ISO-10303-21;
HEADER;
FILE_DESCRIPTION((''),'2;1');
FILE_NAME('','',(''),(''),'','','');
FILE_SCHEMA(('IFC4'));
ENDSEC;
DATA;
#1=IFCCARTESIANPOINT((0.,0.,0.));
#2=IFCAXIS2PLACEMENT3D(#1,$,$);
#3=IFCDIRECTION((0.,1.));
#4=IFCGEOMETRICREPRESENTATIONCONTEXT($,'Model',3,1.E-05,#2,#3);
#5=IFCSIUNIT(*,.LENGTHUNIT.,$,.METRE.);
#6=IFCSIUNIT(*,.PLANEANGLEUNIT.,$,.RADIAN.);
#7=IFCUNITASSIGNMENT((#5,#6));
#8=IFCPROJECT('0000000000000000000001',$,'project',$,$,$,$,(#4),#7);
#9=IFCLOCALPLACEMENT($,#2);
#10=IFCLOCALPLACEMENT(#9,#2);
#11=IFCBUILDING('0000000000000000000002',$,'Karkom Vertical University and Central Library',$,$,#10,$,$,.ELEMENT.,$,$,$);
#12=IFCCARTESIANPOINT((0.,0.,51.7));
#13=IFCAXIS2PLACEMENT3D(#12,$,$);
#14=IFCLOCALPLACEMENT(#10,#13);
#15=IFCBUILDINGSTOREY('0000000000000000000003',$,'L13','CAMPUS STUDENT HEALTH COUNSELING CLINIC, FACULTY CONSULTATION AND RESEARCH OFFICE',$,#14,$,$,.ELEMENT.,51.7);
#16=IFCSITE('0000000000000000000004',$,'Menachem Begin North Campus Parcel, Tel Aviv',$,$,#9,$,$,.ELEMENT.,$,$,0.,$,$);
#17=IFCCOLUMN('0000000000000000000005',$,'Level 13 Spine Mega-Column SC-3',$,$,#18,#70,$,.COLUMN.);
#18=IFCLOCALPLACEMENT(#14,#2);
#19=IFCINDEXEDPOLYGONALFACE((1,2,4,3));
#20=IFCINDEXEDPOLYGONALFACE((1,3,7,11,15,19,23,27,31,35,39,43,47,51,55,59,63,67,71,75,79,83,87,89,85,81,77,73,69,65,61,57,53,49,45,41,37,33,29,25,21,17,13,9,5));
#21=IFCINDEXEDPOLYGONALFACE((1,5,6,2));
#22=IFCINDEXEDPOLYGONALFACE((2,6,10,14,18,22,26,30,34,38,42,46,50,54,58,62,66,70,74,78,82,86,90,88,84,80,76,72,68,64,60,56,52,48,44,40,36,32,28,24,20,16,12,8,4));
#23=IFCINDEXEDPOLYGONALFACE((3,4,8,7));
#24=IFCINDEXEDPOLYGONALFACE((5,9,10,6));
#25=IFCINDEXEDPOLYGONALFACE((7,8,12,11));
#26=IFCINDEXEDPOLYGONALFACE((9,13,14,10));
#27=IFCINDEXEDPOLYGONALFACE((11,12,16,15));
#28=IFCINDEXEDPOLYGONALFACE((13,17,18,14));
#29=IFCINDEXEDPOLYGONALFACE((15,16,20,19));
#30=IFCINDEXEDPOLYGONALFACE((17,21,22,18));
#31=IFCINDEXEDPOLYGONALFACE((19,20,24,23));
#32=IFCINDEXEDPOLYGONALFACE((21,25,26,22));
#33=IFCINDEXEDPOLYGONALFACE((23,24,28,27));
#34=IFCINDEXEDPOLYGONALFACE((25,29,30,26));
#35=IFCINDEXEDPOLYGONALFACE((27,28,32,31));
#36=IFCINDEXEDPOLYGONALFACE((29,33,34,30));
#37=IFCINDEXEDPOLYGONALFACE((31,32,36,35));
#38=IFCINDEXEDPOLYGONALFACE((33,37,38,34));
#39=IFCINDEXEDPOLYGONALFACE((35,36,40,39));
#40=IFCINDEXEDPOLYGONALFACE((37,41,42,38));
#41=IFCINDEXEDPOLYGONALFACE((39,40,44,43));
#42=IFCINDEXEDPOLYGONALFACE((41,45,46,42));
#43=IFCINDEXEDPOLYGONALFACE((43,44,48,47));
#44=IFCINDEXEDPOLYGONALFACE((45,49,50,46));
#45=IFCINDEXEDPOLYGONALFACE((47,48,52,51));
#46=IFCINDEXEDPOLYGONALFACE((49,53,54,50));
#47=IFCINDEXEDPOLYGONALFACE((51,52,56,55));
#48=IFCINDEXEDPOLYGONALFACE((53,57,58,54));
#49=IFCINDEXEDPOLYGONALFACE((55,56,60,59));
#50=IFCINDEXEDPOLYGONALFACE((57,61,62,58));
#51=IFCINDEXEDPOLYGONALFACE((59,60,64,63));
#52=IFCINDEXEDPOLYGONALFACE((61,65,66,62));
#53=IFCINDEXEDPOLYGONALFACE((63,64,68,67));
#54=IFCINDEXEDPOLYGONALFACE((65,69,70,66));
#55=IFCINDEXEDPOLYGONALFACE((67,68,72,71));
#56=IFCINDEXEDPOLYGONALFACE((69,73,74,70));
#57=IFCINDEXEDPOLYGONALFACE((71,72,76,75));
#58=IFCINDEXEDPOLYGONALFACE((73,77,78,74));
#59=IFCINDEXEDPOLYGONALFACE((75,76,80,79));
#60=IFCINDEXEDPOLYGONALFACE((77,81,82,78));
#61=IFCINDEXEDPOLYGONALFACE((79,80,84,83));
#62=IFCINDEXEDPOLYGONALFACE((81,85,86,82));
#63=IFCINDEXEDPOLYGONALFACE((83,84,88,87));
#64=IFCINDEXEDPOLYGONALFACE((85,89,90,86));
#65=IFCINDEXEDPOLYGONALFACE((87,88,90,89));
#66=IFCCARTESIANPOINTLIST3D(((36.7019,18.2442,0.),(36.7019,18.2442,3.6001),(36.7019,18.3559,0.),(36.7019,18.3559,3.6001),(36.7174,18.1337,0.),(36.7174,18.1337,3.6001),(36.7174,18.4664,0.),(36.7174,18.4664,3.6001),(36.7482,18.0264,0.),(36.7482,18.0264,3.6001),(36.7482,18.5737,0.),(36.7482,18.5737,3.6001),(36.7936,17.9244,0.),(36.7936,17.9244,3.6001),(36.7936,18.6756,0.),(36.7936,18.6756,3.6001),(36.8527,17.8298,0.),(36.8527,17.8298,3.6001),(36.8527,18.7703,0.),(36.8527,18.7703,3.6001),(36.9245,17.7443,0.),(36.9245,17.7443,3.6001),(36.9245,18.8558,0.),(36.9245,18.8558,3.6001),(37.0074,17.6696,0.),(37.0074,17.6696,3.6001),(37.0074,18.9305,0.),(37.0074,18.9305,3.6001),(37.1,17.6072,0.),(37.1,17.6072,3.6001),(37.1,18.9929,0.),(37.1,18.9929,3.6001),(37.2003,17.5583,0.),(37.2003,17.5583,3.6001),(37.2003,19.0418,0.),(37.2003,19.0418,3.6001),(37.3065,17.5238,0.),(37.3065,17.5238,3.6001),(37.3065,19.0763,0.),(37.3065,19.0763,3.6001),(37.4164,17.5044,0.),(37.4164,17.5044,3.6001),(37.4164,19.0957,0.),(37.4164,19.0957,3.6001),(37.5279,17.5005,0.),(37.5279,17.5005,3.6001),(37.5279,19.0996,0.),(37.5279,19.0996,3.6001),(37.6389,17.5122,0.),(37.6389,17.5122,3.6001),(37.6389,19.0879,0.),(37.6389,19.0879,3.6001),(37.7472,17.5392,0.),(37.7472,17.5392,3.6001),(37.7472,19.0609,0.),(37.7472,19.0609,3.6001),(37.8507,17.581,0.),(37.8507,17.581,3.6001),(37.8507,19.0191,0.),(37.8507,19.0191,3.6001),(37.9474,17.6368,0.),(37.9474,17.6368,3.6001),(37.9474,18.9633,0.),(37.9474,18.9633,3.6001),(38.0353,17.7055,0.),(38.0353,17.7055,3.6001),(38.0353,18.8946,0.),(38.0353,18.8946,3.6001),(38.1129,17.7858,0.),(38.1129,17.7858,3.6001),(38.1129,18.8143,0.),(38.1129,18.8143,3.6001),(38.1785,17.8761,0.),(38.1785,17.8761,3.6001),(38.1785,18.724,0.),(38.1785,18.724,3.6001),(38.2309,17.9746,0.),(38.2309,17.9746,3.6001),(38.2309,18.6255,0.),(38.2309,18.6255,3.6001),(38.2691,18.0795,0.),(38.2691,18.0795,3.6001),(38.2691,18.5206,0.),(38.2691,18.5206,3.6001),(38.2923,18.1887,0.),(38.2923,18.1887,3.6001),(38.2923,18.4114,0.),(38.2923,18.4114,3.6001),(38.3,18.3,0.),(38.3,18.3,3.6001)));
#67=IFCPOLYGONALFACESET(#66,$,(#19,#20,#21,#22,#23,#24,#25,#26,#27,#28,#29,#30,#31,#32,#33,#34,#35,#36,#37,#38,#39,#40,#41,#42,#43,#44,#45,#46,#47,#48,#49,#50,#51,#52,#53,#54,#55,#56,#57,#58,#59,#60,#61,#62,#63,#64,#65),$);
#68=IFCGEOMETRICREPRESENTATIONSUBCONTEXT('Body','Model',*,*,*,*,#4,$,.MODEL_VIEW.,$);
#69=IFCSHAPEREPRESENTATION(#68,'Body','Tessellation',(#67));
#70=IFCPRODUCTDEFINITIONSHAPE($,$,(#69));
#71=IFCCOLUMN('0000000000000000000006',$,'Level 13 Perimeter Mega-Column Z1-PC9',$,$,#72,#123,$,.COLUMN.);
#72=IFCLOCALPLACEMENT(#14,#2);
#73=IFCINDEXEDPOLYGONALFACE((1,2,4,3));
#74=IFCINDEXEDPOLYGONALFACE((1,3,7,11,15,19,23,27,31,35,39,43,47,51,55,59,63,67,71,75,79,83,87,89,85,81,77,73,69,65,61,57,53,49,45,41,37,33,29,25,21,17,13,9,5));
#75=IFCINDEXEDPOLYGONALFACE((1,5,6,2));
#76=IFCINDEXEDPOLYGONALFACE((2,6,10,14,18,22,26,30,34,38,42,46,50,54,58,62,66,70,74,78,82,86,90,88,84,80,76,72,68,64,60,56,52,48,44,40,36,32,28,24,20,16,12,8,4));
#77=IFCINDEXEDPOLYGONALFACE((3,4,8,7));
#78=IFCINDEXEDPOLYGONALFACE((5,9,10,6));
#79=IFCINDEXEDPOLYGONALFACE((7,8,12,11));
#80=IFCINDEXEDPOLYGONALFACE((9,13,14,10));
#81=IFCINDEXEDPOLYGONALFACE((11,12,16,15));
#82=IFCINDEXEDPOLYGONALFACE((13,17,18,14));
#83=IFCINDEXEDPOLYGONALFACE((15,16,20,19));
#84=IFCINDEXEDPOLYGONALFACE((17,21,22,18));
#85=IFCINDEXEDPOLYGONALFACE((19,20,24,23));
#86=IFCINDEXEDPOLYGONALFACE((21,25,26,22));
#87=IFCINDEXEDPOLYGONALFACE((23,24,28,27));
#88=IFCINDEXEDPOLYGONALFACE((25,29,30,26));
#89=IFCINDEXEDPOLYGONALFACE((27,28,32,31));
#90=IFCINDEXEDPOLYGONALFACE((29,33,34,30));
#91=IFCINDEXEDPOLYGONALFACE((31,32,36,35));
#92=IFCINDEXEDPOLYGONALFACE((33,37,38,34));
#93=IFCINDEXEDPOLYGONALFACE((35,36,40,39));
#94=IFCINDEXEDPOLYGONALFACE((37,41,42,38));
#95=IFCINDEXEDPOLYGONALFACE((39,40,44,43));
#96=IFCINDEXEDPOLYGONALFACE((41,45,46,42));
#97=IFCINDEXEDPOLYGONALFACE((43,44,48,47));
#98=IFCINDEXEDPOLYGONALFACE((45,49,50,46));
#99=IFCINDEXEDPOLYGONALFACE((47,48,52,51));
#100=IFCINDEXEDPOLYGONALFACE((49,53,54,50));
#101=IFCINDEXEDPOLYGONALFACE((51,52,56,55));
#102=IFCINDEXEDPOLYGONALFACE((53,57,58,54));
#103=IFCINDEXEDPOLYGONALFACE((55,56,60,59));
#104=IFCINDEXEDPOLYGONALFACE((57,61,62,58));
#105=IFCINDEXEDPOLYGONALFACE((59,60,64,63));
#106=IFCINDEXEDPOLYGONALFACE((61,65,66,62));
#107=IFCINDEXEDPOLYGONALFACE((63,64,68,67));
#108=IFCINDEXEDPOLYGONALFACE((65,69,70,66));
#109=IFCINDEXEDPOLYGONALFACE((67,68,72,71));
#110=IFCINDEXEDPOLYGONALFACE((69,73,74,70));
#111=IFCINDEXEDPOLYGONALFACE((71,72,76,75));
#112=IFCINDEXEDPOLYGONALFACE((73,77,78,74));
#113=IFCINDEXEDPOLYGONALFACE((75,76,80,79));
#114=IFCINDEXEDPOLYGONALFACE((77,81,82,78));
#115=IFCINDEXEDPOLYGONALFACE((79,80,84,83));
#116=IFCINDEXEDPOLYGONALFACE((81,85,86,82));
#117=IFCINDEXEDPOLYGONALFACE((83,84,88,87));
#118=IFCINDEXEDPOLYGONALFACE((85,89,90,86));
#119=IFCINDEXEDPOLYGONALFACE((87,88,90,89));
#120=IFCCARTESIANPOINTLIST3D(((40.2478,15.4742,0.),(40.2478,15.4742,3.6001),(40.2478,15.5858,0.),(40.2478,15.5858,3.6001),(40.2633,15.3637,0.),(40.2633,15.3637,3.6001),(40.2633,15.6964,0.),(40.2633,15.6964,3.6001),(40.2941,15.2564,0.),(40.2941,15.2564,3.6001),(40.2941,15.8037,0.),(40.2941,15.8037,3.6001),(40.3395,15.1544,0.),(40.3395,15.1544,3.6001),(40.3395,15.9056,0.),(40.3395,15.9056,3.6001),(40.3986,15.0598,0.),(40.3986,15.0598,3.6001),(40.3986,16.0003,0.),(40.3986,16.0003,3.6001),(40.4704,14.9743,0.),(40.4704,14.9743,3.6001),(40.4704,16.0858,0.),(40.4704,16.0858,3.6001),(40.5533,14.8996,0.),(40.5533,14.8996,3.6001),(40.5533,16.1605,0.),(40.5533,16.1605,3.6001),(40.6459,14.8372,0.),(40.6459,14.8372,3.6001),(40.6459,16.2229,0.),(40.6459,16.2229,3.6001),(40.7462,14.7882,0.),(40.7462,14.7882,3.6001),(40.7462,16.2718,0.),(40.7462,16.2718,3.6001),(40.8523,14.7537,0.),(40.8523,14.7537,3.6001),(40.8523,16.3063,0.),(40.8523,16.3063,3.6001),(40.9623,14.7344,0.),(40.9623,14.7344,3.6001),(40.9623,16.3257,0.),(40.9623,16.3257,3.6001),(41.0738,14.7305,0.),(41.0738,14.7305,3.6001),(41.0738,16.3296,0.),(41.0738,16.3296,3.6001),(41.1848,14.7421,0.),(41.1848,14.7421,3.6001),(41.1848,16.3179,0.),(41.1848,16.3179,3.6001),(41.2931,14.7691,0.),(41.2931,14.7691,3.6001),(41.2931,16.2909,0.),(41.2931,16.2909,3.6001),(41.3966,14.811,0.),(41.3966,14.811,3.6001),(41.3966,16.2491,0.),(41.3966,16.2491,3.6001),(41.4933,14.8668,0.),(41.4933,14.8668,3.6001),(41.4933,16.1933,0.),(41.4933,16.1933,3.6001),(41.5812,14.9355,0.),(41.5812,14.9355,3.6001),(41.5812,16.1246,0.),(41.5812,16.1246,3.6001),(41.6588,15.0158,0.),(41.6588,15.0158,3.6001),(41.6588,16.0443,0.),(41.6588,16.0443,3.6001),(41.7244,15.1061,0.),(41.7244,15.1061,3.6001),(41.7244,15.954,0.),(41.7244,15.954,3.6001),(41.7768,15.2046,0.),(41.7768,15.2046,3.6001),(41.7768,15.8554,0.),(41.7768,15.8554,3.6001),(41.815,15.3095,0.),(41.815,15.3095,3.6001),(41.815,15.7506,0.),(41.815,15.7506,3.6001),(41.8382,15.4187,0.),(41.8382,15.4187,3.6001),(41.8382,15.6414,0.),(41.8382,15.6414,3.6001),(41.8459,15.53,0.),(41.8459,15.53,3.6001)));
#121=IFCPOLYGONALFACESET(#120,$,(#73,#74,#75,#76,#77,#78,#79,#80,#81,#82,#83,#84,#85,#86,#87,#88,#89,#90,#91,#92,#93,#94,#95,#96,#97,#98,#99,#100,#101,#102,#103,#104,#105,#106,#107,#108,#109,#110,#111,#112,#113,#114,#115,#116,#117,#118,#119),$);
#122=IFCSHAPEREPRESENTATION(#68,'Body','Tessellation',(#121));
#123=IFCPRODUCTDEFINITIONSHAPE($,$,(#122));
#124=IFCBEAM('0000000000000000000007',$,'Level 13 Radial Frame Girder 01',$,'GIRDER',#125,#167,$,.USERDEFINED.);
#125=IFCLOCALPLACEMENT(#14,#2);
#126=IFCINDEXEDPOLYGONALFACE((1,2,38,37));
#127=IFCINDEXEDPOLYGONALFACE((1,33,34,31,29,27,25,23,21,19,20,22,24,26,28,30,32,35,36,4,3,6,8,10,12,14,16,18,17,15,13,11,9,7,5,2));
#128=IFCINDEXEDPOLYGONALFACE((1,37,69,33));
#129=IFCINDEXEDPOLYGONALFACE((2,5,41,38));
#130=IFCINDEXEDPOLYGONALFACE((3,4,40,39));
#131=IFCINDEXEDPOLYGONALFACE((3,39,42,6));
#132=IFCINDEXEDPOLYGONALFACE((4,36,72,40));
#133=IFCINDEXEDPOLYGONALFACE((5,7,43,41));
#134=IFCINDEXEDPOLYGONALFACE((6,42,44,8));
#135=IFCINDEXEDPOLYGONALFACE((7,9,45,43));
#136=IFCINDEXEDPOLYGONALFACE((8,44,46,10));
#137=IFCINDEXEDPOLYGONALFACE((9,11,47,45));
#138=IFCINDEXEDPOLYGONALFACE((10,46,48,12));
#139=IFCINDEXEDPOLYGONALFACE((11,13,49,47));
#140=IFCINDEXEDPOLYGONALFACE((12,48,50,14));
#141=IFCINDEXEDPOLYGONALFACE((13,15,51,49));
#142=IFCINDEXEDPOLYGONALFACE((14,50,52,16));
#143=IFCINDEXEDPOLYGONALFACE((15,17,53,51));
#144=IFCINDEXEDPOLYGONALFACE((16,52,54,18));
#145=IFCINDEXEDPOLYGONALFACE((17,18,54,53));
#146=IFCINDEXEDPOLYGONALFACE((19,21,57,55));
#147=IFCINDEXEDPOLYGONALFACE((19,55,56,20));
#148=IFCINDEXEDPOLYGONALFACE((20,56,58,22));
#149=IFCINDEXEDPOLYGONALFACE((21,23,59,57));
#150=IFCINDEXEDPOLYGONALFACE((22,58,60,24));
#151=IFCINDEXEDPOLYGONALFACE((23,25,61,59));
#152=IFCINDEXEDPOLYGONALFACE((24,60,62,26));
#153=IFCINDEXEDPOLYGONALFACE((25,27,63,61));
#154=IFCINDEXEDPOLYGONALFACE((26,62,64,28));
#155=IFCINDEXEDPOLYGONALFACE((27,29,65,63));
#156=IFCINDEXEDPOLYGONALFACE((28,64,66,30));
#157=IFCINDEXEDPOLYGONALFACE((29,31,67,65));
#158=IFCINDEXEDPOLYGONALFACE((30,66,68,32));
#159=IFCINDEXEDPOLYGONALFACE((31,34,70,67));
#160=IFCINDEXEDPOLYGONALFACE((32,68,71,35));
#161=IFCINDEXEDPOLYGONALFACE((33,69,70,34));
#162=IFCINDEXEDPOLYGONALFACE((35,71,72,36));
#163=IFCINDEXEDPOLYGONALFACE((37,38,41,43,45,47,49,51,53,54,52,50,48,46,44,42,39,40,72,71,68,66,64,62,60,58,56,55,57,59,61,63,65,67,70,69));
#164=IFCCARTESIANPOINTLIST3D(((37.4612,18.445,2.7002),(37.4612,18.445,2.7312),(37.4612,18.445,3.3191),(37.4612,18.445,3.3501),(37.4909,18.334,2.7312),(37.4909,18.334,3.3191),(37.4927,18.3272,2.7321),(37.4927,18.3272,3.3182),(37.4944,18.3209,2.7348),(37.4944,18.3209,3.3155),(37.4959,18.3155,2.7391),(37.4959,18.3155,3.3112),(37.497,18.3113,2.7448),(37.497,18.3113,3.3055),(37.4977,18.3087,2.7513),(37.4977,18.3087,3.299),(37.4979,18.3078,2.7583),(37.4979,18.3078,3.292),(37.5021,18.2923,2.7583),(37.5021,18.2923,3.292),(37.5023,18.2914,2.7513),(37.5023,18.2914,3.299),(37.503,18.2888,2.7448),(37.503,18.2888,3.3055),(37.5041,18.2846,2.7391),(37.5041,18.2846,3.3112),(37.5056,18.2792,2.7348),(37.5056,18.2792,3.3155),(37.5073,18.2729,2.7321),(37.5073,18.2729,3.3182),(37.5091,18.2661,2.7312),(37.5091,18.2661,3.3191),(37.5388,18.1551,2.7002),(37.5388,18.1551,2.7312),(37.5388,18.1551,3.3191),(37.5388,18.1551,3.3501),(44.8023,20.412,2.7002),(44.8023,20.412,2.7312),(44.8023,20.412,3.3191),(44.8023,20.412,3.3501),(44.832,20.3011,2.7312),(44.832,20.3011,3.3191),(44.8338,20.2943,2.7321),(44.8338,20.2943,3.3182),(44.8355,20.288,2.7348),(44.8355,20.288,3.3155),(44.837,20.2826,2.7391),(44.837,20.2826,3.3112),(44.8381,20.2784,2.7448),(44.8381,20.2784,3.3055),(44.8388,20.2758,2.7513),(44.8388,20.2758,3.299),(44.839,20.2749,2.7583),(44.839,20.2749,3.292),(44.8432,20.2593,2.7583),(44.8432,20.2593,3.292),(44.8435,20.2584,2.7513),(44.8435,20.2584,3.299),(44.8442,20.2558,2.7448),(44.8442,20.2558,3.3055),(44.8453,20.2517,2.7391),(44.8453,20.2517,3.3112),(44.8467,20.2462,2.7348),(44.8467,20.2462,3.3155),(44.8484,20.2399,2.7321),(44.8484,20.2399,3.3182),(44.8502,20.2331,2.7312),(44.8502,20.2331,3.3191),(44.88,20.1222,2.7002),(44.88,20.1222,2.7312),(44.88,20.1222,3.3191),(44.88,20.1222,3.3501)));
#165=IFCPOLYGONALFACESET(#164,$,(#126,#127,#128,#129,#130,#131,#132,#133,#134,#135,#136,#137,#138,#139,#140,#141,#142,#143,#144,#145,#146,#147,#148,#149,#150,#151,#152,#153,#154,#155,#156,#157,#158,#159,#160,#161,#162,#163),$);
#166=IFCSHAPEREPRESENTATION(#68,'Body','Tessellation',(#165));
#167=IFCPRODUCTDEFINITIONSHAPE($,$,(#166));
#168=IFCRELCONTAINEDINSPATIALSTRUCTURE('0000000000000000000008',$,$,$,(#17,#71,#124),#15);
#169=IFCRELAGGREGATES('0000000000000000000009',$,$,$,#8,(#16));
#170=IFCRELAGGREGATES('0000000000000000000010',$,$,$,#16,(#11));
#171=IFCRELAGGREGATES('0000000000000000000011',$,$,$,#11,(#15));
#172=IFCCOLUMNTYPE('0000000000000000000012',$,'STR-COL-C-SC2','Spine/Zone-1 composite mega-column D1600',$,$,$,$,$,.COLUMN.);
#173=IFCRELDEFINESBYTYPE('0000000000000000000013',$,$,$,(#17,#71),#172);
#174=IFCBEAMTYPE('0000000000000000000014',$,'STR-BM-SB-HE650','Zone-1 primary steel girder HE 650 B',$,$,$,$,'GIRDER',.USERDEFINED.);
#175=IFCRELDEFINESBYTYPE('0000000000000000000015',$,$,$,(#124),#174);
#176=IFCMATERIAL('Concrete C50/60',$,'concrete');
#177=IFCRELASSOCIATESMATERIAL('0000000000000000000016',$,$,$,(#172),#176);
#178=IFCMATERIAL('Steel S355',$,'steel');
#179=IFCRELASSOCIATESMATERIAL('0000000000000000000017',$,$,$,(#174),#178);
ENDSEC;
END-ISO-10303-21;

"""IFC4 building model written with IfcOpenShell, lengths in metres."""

from ifc_helpers import new_model, si_unit, direction, frame, origin, origin_with_axes, origin_2d, place, context, subcontext, project, spatial, circle, i_section, extrude, source, transform, mapped, material, material_profile, profile_set, type_object, element, save


model = new_model("IFC4")

# Units and contexts
model_context = context("Model", 3, precision=1e-05, world=origin(), true_north=direction((0.0, 1.0)))
body_context = subcontext(model_context, "Body", "Model", "MODEL_VIEW")
ifc_project = project(units=[si_unit("LENGTHUNIT", "METRE"), si_unit("PLANEANGLEUNIT", "RADIAN")], contexts=[model_context])

# Site, building, storey
site_placement = place(None, origin())
site = spatial("IfcSite", under=ifc_project, at=site_placement, Name="Menachem Begin North Campus Parcel, Tel Aviv", CompositionType="ELEMENT", RefElevation=0.0)
building_placement = place(site_placement, origin())
building = spatial("IfcBuilding", under=site, at=building_placement, Name="Karkom Vertical University and Central Library", CompositionType="ELEMENT")
storey_placement = place(building_placement, frame((0.0, 0.0, 51.7)))
storey = spatial("IfcBuildingStorey", under=building, at=storey_placement, Name="L13", Description="CAMPUS STUDENT HEALTH COUNSELING CLINIC, FACULTY CONSULTATION AND RESEARCH OFFICE", CompositionType="ELEMENT", Elevation=51.7)

# Columns
ifc_material_1 = material(Name="Concrete C50/60", Category="concrete")
ifc_material_profile_1 = material_profile(ifc_material_1, circle(Radius=0.8, at=origin_2d()), Name="CFT-D1600")
ifc_profile_set_1 = profile_set([ifc_material_profile_1], Name="Concrete C50/60")
column_type = type_object("IfcColumnType", Name="STR-COL-C-SC2", Description="Spine/Zone-1 composite mega-column D1600", PredefinedType="COLUMN", material=ifc_profile_set_1)
shared_shape_1 = source(origin_with_axes(), body_context, "Body", "SweptSolid", [
    extrude(circle(Radius=0.8, at=origin_2d()), origin(), (0.0, 0.0, 1.0), 3.6001),
])
for number, where, z_axis, x_axis, name in (
    (1, (37.5, 18.3, 0.0), (0.0, 0.0, 1.0), (1.0, 0.0, 0.0), "Level 13 Spine Mega-Column SC-3"),
    (2, (41.0459, 15.53, 0.0), (0.0, 0.0, 1.0), (1.0, 0.0, 0.0), "Level 13 Perimeter Mega-Column Z1-PC9"),
):
    element("IfcColumn", number, at=place(storey_placement, frame(where, z_axis=z_axis, x_axis=x_axis)), inside=storey, type_object=column_type, Name=name, PredefinedType="COLUMN", context=body_context, shape_type="MappedRepresentation", body=[
        mapped(shared_shape_1, transform((0.0, 0.0, 0.0), scale=1.0)),
    ])

# Beam
ifc_material_2 = material(Name="Steel S355", Category="steel")
ifc_material_profile_2 = material_profile(ifc_material_2, i_section(OverallWidth=0.3, OverallDepth=0.6499, WebThickness=0.0161, FlangeThickness=0.031, FilletRadius=0.0271, at=origin_2d()), Name="HE 650 B")
ifc_profile_set_2 = profile_set([ifc_material_profile_2], Name="Steel S355")
beam_type_1 = type_object("IfcBeamType", Name="STR-BM-SB-HE650", Description="Zone-1 primary steel girder HE 650 B", ElementType="GIRDER", PredefinedType="USERDEFINED", material=ifc_profile_set_2)
shared_shape_2 = source(origin_with_axes(), body_context, "Body", "SweptSolid", [
    extrude(i_section(OverallWidth=0.3, OverallDepth=0.6499, WebThickness=0.0161, FlangeThickness=0.031, FilletRadius=0.0271, at=origin_2d()), origin(), (0.0, 0.0, 1.0), 7.6001),
])
beam_1_placement = place(storey_placement, frame((37.5, 18.3, 3.0251), z_axis=(0.965926, 0.25882, 0.0), x_axis=(-0.25882, 0.965926, 0.0)))
element("IfcBeam", 3, at=beam_1_placement, inside=storey, type_object=beam_type_1, Name="Level 13 Radial Frame Girder 01", ObjectType="GIRDER", PredefinedType="USERDEFINED", context=body_context, shape_type="MappedRepresentation", body=[
    mapped(shared_shape_2, transform((0.0, 0.0, 0.0), scale=1.0)),
])

save(model, "model.ifc")
